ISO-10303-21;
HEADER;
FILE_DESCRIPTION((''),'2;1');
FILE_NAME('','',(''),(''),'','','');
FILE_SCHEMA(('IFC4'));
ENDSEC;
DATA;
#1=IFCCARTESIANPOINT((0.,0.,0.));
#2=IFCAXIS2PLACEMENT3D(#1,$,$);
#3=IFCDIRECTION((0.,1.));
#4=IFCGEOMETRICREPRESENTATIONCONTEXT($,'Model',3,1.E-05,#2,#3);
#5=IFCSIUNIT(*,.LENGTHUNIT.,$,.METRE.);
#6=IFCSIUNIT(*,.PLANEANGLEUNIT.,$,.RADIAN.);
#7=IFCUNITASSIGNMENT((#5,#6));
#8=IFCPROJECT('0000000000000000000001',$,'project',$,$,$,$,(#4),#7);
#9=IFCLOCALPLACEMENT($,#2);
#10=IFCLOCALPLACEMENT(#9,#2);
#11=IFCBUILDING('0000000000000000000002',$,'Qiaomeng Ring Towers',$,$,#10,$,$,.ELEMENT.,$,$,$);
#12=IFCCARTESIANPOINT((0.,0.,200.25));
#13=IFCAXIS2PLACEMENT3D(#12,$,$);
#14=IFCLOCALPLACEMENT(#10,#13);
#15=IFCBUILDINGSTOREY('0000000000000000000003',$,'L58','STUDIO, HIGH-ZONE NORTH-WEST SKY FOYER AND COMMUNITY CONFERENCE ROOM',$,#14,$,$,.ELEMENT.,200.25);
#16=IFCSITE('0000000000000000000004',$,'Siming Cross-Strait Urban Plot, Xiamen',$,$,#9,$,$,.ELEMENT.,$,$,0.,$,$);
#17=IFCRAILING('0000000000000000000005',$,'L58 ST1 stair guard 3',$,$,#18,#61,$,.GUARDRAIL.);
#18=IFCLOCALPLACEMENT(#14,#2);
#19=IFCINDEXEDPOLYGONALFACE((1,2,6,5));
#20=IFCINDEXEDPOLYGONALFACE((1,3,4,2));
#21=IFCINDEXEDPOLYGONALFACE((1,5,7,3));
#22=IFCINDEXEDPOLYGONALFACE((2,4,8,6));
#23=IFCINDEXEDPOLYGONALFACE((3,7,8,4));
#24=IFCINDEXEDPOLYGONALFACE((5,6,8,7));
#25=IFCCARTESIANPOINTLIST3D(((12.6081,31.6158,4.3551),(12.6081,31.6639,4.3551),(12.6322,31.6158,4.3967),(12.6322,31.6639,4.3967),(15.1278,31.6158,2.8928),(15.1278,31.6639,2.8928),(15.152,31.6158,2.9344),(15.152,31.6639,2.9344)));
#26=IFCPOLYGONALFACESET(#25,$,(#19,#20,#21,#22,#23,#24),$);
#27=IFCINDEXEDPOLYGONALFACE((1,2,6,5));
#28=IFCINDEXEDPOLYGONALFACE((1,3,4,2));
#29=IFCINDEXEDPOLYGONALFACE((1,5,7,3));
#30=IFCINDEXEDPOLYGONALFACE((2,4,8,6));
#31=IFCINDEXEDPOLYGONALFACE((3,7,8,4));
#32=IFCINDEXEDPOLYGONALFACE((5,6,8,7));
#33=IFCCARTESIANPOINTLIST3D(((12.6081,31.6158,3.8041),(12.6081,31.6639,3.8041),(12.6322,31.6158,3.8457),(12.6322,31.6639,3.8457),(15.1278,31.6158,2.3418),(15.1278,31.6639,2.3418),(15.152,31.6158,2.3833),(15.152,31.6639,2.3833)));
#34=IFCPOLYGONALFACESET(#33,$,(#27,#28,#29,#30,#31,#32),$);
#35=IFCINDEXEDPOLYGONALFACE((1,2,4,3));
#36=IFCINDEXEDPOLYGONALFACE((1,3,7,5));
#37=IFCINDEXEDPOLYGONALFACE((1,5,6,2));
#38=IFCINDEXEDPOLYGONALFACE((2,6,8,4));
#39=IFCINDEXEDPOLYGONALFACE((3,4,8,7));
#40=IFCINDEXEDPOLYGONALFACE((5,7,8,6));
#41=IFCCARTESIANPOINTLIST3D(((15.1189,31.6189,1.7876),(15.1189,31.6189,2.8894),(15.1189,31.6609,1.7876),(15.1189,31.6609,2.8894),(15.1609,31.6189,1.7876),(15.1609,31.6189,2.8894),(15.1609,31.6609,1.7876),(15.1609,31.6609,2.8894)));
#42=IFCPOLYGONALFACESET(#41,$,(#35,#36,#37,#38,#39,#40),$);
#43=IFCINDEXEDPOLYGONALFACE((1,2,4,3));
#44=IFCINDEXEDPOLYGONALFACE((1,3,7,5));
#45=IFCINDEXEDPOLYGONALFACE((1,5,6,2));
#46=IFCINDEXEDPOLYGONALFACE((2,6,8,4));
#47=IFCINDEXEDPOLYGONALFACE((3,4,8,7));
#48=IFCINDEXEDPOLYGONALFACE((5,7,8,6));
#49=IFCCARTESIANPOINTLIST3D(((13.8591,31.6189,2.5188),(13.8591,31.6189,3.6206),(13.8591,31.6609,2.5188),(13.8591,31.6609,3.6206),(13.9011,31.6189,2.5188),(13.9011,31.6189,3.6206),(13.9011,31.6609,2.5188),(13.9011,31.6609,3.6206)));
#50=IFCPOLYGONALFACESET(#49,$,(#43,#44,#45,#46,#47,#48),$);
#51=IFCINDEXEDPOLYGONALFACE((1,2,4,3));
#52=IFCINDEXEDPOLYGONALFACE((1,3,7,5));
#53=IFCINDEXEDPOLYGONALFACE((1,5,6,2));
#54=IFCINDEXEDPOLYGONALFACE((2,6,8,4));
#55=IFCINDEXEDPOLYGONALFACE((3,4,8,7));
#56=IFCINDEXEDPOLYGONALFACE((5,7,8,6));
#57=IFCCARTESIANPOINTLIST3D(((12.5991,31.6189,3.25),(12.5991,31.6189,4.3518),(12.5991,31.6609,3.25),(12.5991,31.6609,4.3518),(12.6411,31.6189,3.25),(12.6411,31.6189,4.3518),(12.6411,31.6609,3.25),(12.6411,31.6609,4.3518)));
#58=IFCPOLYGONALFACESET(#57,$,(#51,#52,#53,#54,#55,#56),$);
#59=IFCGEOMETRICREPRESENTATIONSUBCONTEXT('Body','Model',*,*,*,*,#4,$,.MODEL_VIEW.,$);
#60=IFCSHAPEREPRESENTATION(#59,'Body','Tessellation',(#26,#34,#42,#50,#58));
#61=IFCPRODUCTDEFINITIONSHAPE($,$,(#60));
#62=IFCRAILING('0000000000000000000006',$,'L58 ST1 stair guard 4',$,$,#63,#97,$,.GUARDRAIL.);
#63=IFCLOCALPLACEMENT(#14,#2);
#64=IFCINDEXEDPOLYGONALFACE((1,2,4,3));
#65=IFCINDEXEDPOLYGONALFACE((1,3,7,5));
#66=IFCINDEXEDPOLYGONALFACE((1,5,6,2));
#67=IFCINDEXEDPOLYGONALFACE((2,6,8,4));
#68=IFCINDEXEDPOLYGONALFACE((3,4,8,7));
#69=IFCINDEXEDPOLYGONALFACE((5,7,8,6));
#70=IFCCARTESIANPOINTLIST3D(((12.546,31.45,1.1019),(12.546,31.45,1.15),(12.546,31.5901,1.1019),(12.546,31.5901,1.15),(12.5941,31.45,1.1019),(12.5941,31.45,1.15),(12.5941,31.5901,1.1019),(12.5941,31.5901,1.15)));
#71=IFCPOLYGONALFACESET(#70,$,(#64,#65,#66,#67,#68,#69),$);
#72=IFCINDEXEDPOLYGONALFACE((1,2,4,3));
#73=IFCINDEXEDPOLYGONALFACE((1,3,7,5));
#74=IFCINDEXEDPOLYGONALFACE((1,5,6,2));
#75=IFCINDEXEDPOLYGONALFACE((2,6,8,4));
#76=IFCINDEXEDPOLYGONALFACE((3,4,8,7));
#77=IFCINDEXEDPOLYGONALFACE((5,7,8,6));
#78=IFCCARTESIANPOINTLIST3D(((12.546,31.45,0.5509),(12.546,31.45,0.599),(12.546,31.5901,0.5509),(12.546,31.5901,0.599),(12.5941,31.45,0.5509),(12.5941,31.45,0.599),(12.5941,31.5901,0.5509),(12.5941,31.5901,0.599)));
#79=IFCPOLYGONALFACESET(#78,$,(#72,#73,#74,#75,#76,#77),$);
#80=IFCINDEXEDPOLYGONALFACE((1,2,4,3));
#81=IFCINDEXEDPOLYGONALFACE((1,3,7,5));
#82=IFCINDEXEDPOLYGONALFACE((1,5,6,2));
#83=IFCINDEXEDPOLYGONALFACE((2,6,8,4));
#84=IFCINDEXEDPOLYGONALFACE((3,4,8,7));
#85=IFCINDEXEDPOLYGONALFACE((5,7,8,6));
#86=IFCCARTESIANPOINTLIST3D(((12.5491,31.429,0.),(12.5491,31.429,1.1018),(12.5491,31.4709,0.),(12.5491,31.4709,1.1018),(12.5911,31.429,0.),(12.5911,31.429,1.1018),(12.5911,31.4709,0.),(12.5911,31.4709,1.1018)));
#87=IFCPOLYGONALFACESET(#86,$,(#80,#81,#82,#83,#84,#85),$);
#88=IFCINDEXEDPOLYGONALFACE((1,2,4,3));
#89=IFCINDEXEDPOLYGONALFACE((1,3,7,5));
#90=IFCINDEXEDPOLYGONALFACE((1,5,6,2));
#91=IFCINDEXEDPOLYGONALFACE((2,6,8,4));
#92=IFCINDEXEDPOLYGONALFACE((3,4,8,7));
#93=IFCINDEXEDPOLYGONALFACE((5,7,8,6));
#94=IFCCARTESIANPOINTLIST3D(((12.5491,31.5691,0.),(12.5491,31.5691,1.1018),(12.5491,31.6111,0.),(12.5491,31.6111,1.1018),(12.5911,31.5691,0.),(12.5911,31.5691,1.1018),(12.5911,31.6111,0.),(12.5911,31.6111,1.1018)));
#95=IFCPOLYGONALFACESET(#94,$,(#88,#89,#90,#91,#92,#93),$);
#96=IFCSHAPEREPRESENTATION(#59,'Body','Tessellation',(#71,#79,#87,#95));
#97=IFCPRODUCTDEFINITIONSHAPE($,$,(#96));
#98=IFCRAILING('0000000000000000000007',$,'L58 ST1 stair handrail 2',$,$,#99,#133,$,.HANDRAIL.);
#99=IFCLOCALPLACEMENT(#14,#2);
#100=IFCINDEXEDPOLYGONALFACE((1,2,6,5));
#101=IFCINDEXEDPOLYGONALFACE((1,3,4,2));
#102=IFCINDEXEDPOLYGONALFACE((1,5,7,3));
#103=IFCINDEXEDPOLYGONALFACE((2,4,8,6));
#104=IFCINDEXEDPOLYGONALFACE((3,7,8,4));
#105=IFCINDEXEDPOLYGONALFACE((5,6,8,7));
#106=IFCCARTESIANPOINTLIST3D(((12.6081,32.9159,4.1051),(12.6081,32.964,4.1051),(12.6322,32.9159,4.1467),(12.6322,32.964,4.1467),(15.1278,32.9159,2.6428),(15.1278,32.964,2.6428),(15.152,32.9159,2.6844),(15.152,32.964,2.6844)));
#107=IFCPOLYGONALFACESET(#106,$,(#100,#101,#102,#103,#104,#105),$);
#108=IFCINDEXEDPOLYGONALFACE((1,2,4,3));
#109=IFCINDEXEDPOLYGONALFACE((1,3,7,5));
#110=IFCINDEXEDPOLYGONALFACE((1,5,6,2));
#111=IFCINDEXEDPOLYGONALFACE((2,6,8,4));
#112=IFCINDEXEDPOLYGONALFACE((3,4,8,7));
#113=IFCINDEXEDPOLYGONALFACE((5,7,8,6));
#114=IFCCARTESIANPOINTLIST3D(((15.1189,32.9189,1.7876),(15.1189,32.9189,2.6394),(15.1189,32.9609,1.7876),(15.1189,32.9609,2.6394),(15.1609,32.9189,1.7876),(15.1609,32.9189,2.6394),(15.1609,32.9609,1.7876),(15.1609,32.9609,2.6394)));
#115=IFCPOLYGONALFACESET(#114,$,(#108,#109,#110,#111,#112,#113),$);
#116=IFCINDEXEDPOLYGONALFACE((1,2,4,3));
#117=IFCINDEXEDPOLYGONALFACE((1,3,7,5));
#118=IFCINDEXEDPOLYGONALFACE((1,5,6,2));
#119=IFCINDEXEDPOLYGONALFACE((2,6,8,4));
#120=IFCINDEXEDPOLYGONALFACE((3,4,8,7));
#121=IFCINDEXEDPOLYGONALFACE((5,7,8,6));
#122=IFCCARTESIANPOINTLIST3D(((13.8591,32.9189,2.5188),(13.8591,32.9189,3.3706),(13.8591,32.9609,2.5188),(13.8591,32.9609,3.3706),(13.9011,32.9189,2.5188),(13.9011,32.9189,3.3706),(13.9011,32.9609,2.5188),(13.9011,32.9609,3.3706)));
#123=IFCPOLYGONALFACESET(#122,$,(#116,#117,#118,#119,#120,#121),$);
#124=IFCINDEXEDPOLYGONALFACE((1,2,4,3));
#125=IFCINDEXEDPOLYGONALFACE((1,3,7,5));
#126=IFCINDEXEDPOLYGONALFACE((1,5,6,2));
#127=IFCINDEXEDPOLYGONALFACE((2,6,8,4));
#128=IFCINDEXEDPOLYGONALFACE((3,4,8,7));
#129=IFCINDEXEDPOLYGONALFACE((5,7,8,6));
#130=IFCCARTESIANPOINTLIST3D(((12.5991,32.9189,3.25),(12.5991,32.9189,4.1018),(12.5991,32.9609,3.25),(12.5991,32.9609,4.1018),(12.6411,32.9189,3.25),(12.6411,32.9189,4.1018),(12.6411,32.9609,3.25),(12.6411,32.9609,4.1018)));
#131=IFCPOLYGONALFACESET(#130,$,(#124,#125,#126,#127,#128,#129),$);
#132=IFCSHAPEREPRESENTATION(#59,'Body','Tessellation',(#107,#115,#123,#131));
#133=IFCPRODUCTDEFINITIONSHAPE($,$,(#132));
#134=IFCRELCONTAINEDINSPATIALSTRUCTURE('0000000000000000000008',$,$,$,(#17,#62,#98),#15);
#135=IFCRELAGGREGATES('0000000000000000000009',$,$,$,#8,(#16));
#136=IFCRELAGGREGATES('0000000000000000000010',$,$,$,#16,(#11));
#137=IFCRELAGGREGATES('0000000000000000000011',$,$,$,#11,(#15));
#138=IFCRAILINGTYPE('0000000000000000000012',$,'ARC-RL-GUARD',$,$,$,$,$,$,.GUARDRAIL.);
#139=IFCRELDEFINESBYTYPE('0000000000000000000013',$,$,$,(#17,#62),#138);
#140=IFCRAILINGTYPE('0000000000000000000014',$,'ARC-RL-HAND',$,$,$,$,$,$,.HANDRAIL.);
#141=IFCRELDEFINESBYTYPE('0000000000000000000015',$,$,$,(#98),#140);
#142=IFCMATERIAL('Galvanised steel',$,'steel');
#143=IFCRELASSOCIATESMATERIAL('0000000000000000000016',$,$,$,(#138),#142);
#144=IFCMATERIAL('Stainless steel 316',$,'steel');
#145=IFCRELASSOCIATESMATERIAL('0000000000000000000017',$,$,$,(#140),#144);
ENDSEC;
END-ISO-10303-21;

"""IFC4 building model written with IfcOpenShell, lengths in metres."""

from ifc_helpers import new_model, si_unit, direction, frame, origin, origin_2d, place, context, subcontext, project, spatial, rectangle, extrude, material, type_object, element, save


model = new_model("IFC4")

# Units and contexts
model_context = context("Model", 3, precision=1e-05, world=origin(), true_north=direction((0.0, 1.0)))
body_context = subcontext(model_context, "Body", "Model", "MODEL_VIEW")
ifc_project = project(units=[si_unit("LENGTHUNIT", "METRE"), si_unit("PLANEANGLEUNIT", "RADIAN")], contexts=[model_context])

# Site, building, storey
site_placement = place(None, origin())
site = spatial("IfcSite", under=ifc_project, at=site_placement, Name="Siming Cross-Strait Urban Plot, Xiamen", CompositionType="ELEMENT", RefElevation=0.0)
building_placement = place(site_placement, origin())
building = spatial("IfcBuilding", under=site, at=building_placement, Name="Qiaomeng Ring Towers", CompositionType="ELEMENT")
storey_placement = place(building_placement, frame((0.0, 0.0, 200.25)))
storey = spatial("IfcBuildingStorey", under=building, at=storey_placement, Name="L58", Description="STUDIO, HIGH-ZONE NORTH-WEST SKY FOYER AND COMMUNITY CONFERENCE ROOM", CompositionType="ELEMENT", Elevation=200.25)

# Shared definitions
ifc_material_1 = material(Name="Galvanised steel", Category="steel")

# Railings
railing_type_1 = type_object("IfcRailingType", Name="ARC-RL-GUARD", PredefinedType="GUARDRAIL", material=ifc_material_1)
railing_1_placement = place(storey_placement, frame((15.1399, 31.6399, 1.7876)))
element("IfcRailing", 1, at=railing_1_placement, inside=storey, type_object=railing_type_1, Name="L58 ST1 stair guard 3", PredefinedType="GUARDRAIL", context=body_context, shape_type="SweptSolid", body=[
    extrude(rectangle(XDim=0.0481, YDim=0.0481, at=origin_2d()), frame((0.0, 0.0, 1.126), z_axis=(-0.864892, 0.0, 0.501958), x_axis=(0.0, -1.0, 0.0)), (0.0, 0.0, 1.0), 2.9133),
    extrude(rectangle(XDim=0.0481, YDim=0.0481, at=origin_2d()), frame((0.0, 0.0, 0.575), z_axis=(-0.864892, 0.0, 0.501958), x_axis=(0.0, -1.0, 0.0)), (0.0, 0.0, 1.0), 2.9133),
    extrude(rectangle(XDim=0.042, YDim=0.042, at=origin_2d()), origin(), (0.0, 0.0, 1.0), 1.1018),
    extrude(rectangle(XDim=0.042, YDim=0.042, at=origin_2d()), frame((-1.2598, 0.0, 0.7312)), (0.0, 0.0, 1.0), 1.1018),
    extrude(rectangle(XDim=0.042, YDim=0.042, at=origin_2d()), frame((-2.5198, 0.0, 1.4624)), (0.0, 0.0, 1.0), 1.1018),
])
railing_2_placement = place(storey_placement, frame((12.5701, 31.45, 0.0)))
element("IfcRailing", 2, at=railing_2_placement, inside=storey, type_object=railing_type_1, Name="L58 ST1 stair guard 4", PredefinedType="GUARDRAIL", context=body_context, shape_type="SweptSolid", body=[
    extrude(rectangle(XDim=0.0481, YDim=0.0481, at=origin_2d()), frame((0.0, 0.0, 1.126), z_axis=(0.0, 1.0, 0.0), x_axis=(-1.0, 0.0, 0.0)), (0.0, 0.0, 1.0), 0.1401),
    extrude(rectangle(XDim=0.0481, YDim=0.0481, at=origin_2d()), frame((0.0, 0.0, 0.575), z_axis=(0.0, 1.0, 0.0), x_axis=(-1.0, 0.0, 0.0)), (0.0, 0.0, 1.0), 0.1401),
    extrude(rectangle(XDim=0.042, YDim=0.042, at=origin_2d()), origin(), (0.0, 0.0, 1.0), 1.1018),
    extrude(rectangle(XDim=0.042, YDim=0.042, at=origin_2d()), frame((0.0, 0.1401, 0.0)), (0.0, 0.0, 1.0), 1.1018),
])
ifc_material_2 = material(Name="Stainless steel 316", Category="steel")
railing_type_2 = type_object("IfcRailingType", Name="ARC-RL-HAND", PredefinedType="HANDRAIL", material=ifc_material_2)
railing_3_placement = place(storey_placement, frame((15.1399, 32.9399, 1.7876)))
element("IfcRailing", 3, at=railing_3_placement, inside=storey, type_object=railing_type_2, Name="L58 ST1 stair handrail 2", PredefinedType="HANDRAIL", context=body_context, shape_type="SweptSolid", body=[
    extrude(rectangle(XDim=0.0481, YDim=0.0481, at=origin_2d()), frame((0.0, 0.0, 0.876), z_axis=(-0.864892, 0.0, 0.501958), x_axis=(0.0, -1.0, 0.0)), (0.0, 0.0, 1.0), 2.9133),
    extrude(rectangle(XDim=0.042, YDim=0.042, at=origin_2d()), origin(), (0.0, 0.0, 1.0), 0.8518),
    extrude(rectangle(XDim=0.042, YDim=0.042, at=origin_2d()), frame((-1.2598, 0.0, 0.7312)), (0.0, 0.0, 1.0), 0.8518),
    extrude(rectangle(XDim=0.042, YDim=0.042, at=origin_2d()), frame((-2.5198, 0.0, 1.4624)), (0.0, 0.0, 1.0), 0.8518),
])

save(model, "model.ifc")
